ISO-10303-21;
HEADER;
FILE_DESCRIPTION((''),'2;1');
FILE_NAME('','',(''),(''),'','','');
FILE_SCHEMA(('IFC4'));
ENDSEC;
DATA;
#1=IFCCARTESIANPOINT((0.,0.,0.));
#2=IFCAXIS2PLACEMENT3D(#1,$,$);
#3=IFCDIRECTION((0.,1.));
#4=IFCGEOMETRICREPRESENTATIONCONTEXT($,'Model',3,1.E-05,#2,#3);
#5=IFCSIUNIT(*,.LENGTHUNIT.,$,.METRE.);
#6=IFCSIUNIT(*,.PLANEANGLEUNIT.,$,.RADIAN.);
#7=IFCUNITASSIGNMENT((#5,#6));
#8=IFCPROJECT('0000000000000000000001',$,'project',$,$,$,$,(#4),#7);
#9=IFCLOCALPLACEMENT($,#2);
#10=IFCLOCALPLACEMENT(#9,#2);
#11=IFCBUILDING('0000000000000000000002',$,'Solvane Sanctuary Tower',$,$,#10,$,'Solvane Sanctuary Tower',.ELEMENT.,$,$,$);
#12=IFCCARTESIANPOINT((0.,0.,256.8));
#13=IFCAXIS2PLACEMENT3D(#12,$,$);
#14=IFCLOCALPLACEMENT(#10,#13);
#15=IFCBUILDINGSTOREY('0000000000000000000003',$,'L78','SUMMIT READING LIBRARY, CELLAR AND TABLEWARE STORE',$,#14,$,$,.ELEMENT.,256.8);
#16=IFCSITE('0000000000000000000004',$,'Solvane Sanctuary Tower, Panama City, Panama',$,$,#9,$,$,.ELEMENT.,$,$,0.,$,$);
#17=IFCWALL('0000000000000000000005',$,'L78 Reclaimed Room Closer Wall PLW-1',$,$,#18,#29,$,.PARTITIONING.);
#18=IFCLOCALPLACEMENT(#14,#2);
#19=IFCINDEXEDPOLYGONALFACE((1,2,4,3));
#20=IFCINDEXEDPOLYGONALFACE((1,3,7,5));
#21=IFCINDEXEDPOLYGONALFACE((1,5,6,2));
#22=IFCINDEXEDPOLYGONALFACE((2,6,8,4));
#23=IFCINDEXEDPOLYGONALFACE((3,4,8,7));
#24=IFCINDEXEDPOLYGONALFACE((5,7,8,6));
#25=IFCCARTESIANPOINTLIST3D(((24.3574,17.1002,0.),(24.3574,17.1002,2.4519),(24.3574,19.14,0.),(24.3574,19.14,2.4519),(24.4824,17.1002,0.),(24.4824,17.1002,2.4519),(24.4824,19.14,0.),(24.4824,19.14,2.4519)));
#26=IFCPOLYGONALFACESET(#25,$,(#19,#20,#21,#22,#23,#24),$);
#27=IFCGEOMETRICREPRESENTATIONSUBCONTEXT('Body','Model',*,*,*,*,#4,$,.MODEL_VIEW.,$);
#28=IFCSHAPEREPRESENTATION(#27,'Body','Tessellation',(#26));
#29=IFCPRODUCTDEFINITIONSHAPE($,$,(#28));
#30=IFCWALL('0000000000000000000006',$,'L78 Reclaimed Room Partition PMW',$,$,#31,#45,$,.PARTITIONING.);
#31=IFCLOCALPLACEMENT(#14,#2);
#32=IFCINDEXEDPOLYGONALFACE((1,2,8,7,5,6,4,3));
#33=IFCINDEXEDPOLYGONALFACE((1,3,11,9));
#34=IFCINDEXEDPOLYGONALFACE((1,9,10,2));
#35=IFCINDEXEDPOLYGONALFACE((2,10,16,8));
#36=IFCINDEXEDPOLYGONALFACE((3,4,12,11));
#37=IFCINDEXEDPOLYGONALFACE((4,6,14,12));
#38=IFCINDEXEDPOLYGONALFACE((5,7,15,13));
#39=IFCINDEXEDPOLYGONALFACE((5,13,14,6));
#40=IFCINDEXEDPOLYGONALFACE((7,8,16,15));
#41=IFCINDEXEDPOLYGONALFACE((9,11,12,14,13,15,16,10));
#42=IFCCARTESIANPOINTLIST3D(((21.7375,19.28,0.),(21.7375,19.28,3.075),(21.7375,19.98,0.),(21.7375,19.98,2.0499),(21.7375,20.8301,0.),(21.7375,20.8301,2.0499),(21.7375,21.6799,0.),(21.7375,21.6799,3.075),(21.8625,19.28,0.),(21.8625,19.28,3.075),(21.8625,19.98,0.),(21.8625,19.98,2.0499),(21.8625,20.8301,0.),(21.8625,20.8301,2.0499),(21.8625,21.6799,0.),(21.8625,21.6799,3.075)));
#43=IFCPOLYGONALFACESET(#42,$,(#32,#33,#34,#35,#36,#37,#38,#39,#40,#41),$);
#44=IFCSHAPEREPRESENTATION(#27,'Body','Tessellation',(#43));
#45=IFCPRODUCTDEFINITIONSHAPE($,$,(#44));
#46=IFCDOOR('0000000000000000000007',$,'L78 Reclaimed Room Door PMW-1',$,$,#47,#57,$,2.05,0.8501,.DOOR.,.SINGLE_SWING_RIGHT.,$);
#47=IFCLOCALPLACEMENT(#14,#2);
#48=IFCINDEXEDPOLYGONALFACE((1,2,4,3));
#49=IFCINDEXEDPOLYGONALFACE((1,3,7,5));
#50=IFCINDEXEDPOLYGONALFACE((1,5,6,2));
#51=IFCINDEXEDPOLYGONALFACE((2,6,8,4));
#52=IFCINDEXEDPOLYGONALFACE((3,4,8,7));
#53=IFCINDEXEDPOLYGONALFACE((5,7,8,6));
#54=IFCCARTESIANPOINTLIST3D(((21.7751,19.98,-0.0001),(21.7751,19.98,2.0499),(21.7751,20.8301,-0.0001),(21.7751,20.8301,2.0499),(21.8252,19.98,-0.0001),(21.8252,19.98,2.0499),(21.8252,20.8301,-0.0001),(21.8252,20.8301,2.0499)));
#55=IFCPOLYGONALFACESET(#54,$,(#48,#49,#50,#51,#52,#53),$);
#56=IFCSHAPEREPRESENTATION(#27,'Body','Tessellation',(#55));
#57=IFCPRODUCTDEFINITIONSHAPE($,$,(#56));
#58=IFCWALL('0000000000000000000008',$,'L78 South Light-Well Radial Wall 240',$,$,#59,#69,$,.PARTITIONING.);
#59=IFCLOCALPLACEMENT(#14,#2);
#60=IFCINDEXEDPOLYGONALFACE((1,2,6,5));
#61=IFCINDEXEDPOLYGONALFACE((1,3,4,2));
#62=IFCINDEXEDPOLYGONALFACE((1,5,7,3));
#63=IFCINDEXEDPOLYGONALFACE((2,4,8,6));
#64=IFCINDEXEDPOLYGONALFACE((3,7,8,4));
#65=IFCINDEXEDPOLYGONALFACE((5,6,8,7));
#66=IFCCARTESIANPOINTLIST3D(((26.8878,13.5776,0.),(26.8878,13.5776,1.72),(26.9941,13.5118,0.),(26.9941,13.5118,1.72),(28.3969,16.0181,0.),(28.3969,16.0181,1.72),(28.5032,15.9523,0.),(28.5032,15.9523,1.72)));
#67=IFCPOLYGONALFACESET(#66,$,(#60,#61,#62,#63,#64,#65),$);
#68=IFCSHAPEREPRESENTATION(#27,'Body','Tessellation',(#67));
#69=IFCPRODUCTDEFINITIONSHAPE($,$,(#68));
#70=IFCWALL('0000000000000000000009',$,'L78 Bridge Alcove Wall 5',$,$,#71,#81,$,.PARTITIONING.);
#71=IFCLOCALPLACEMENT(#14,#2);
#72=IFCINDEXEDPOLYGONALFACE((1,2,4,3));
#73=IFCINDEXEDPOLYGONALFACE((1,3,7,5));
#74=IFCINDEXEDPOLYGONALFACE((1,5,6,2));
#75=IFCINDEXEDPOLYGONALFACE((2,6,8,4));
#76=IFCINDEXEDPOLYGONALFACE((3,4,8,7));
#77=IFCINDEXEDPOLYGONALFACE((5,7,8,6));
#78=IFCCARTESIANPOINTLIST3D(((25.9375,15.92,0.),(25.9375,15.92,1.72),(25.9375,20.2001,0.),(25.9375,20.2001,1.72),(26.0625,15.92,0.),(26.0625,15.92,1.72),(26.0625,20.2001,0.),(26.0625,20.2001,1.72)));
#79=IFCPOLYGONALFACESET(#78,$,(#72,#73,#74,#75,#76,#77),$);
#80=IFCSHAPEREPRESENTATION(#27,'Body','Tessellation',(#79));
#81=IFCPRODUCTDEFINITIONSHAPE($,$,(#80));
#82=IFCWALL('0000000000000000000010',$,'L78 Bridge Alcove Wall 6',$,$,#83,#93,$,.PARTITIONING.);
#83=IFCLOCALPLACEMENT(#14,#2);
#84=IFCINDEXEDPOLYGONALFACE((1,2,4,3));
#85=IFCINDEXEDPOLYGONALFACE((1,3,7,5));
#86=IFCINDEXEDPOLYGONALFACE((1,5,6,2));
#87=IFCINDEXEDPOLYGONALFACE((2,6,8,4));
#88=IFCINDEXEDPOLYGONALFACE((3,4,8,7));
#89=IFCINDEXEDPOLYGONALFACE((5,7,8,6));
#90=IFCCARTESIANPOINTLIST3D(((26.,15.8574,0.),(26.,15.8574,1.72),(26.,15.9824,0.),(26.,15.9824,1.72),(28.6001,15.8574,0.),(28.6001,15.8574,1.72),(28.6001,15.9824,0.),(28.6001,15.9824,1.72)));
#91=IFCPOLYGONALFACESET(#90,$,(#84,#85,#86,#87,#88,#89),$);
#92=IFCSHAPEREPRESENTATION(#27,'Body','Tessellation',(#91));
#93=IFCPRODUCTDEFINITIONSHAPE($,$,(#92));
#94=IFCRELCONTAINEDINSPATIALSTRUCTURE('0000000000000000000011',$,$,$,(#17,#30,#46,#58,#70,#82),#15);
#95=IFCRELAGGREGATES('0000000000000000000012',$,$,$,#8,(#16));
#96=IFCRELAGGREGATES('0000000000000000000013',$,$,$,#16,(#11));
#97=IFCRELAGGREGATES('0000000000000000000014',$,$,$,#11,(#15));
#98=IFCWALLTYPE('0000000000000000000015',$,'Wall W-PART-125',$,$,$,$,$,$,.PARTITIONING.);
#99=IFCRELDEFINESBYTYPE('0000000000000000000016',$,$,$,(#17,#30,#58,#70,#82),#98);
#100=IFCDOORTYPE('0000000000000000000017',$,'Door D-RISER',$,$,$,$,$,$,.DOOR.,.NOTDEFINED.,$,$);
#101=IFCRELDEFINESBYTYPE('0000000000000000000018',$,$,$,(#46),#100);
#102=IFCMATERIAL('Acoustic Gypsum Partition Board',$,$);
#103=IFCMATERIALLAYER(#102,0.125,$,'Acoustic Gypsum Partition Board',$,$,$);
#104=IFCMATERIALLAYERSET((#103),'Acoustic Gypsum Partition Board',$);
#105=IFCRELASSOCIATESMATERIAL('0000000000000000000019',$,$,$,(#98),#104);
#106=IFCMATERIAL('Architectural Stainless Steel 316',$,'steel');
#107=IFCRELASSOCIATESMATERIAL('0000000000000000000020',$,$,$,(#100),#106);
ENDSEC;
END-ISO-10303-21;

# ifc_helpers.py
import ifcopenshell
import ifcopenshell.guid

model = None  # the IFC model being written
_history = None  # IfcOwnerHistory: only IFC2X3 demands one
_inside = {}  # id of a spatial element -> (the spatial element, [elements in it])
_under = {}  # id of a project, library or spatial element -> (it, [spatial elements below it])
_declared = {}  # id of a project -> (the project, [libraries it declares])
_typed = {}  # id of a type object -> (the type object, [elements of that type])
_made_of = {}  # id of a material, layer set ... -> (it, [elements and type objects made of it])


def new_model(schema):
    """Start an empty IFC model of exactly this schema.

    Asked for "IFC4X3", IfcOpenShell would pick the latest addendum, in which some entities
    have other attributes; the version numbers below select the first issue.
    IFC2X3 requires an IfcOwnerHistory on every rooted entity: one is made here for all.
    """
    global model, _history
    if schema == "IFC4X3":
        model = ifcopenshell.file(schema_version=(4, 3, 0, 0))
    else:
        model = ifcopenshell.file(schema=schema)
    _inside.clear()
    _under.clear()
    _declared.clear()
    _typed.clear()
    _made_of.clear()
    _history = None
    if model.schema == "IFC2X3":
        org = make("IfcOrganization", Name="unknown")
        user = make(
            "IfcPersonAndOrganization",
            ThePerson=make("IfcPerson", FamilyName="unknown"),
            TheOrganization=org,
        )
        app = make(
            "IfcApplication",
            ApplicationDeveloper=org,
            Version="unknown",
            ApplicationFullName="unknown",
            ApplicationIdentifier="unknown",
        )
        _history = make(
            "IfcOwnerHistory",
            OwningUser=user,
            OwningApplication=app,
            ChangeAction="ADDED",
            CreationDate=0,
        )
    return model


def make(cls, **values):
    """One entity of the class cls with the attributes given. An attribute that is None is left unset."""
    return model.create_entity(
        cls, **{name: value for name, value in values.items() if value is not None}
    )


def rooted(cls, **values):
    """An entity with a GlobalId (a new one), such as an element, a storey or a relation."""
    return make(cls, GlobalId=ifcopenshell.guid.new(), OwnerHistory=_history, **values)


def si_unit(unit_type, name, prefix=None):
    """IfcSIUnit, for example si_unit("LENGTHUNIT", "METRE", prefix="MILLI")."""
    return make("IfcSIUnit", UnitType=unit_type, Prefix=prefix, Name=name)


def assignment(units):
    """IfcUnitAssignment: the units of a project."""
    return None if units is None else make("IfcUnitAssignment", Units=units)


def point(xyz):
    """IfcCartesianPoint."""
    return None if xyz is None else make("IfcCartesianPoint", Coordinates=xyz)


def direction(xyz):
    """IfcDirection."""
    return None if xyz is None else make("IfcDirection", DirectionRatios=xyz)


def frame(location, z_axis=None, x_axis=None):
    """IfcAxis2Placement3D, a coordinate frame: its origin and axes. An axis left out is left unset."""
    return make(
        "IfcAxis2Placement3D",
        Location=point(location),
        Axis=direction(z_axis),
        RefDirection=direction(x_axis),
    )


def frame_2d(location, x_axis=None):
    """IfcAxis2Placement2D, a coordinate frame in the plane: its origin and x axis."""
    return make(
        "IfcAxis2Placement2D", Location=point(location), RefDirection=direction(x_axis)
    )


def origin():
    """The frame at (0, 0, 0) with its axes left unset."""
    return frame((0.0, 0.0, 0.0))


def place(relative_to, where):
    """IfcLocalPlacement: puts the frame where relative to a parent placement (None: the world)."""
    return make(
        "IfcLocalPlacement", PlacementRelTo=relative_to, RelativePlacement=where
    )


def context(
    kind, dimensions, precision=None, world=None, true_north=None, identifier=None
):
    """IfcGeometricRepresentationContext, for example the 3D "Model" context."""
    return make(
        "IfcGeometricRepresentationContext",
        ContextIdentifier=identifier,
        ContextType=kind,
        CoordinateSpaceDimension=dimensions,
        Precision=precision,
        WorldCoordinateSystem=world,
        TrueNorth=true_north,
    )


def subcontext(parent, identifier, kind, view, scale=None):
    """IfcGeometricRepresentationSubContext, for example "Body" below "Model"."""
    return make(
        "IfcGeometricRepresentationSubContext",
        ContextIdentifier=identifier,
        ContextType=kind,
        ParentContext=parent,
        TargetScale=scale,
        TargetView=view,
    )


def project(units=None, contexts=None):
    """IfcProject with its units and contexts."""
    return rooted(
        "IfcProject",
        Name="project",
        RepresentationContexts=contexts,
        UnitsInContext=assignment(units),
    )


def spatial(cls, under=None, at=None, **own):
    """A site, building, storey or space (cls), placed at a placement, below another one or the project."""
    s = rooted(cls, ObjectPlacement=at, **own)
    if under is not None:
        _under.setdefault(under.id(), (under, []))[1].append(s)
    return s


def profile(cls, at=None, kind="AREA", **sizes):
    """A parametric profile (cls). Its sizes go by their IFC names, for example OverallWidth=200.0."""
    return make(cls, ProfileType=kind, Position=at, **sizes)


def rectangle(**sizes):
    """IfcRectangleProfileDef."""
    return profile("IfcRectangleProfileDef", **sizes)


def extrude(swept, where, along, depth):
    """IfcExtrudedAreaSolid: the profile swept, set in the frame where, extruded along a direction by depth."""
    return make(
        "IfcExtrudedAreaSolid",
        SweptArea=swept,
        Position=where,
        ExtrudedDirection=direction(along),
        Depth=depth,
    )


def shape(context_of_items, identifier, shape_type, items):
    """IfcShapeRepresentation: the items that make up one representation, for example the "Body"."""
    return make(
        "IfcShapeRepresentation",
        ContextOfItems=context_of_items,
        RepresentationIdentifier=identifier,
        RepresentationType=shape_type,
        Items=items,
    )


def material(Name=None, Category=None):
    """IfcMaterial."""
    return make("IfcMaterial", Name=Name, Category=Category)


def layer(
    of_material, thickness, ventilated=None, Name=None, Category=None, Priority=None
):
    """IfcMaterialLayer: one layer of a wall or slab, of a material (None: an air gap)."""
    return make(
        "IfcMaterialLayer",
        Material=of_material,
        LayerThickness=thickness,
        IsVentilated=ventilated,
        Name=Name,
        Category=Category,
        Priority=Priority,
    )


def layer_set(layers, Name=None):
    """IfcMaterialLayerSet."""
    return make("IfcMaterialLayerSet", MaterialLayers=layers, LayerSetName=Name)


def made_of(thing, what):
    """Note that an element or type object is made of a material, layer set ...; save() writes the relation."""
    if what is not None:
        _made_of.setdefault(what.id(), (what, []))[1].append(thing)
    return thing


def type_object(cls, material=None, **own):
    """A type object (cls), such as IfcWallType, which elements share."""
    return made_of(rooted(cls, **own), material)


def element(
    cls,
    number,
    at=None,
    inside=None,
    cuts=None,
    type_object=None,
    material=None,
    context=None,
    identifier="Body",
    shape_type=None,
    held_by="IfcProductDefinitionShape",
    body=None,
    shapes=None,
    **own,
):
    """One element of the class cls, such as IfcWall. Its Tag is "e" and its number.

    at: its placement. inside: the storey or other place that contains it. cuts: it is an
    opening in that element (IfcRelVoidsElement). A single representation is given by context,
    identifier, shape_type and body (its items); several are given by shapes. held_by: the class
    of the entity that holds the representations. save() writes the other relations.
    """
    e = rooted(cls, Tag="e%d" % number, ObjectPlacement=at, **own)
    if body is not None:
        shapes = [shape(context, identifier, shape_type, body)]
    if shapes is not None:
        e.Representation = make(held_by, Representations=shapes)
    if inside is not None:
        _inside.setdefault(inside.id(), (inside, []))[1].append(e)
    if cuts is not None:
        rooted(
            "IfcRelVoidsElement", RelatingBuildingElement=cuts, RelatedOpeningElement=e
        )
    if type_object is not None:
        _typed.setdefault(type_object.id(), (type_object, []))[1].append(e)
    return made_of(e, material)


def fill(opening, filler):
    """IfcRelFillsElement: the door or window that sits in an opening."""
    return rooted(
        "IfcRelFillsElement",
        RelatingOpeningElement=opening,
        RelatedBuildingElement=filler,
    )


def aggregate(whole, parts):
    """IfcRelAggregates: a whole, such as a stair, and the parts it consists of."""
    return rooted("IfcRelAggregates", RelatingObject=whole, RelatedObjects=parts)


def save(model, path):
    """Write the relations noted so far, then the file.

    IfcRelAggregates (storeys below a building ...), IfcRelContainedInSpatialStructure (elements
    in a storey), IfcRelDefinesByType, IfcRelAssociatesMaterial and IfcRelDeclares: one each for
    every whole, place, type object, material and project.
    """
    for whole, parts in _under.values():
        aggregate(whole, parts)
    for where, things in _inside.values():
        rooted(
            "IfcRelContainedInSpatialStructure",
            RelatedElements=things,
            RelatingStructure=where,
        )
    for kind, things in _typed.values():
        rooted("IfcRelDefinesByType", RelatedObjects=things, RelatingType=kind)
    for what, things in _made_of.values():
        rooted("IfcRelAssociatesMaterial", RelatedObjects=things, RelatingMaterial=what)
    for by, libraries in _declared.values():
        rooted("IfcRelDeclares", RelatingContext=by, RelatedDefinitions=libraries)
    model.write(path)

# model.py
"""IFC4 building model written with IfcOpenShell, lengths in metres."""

from ifc_helpers import new_model, si_unit, direction, frame, frame_2d, origin, place, context, subcontext, project, spatial, rectangle, extrude, material, layer, layer_set, type_object, element, fill, save


model = new_model("IFC4")

# Units and contexts
model_context = context("Model", 3, precision=1e-05, world=origin(), true_north=direction((0.0, 1.0)))
body_context = subcontext(model_context, "Body", "Model", "MODEL_VIEW")
ifc_project = project(units=[si_unit("LENGTHUNIT", "METRE"), si_unit("PLANEANGLEUNIT", "RADIAN")], contexts=[model_context])

# Site, building, storey
site_placement = place(None, origin())
site = spatial("IfcSite", under=ifc_project, at=site_placement, Name="Solvane Sanctuary Tower, Panama City, Panama", CompositionType="ELEMENT", RefElevation=0.0)
building_placement = place(site_placement, origin())
building = spatial("IfcBuilding", under=site, at=building_placement, Name="Solvane Sanctuary Tower", LongName="Solvane Sanctuary Tower", CompositionType="ELEMENT")
storey_placement = place(building_placement, frame((0.0, 0.0, 256.8)))
storey = spatial("IfcBuildingStorey", under=building, at=storey_placement, Name="L78", Description="SUMMIT READING LIBRARY, CELLAR AND TABLEWARE STORE", CompositionType="ELEMENT", Elevation=256.8)

# Shared definitions
ifc_material_1 = material(Name="Acoustic Gypsum Partition Board")

# Wall
ifc_layer_1 = layer(ifc_material_1, 0.125, Name="Acoustic Gypsum Partition Board")
ifc_layer_set_1 = layer_set([ifc_layer_1], Name="Acoustic Gypsum Partition Board")
wall_type_1 = type_object("IfcWallType", Name="Wall W-PART-125", PredefinedType="PARTITIONING", material=ifc_layer_set_1)
wall_1_placement = place(storey_placement, frame((24.4199, 17.1001, 0.0), z_axis=(0.0, 0.0, 1.0), x_axis=(0.0, 1.0, 0.0)))
element("IfcWall", 1, at=wall_1_placement, inside=storey, type_object=wall_type_1, Name="L78 Reclaimed Room Closer Wall PLW-1", PredefinedType="PARTITIONING", context=body_context, shape_type="SweptSolid", body=[
    extrude(rectangle(XDim=2.0398, YDim=0.125, at=frame_2d((1.02, 0.0))), origin(), (0.0, 0.0, 1.0), 2.4519),
])

# Wall, opening, door
wall_2_placement = place(storey_placement, frame((21.8, 19.28, 0.0), z_axis=(0.0, 0.0, 1.0), x_axis=(0.0, 1.0, 0.0)))
wall_2 = element("IfcWall", 2, at=wall_2_placement, inside=storey, type_object=wall_type_1, Name="L78 Reclaimed Room Partition PMW", PredefinedType="PARTITIONING", context=body_context, shape_type="SweptSolid", body=[
    extrude(rectangle(XDim=2.3999, YDim=0.125, at=frame_2d((1.2, 0.0))), origin(), (0.0, 0.0, 1.0), 3.075),
])
opening_1_placement = place(wall_2_placement, frame((0.7, 0.0, 0.0)))
opening_1 = element("IfcOpeningElement", 3, at=opening_1_placement, cuts=wall_2, PredefinedType="OPENING", context=body_context, shape_type="SweptSolid", body=[
    extrude(rectangle(XDim=0.8501, YDim=2.05, at=frame_2d((0.425, 1.0249))), frame((0.0, 0.0725, 0.0), z_axis=(0.0, -1.0, 0.0), x_axis=(1.0, 0.0, 0.0)), (0.0, 0.0, 1.0), 0.145),
])
ifc_material_2 = material(Name="Architectural Stainless Steel 316", Category="steel")
door_type = type_object("IfcDoorType", Name="Door D-RISER", OperationType="NOTDEFINED", PredefinedType="DOOR", material=ifc_material_2)
door_placement = place(opening_1_placement, origin())
door = element("IfcDoor", 4, at=door_placement, inside=storey, type_object=door_type, Name="L78 Reclaimed Room Door PMW-1", OperationType="SINGLE_SWING_RIGHT", OverallHeight=2.05, OverallWidth=0.8501, PredefinedType="DOOR", context=body_context, shape_type="SweptSolid", body=[
    extrude(rectangle(XDim=0.8501, YDim=2.05, at=frame_2d((0.425, 1.0249))), frame((0.0, 0.0249, 0.0), z_axis=(0.0, -1.0, 0.0), x_axis=(1.0, 0.0, 0.0)), (0.0, 0.0, 1.0), 0.05),
])
fill(opening_1, door)

# Walls
wall_3_placement = place(storey_placement, frame((28.45, 15.9851, 0.0), z_axis=(0.0, 0.0, 1.0), x_axis=(-0.525924, -0.850532, 0.0)))
element("IfcWall", 5, at=wall_3_placement, inside=storey, type_object=wall_type_1, Name="L78 South Light-Well Radial Wall 240", PredefinedType="PARTITIONING", context=body_context, shape_type="SweptSolid", body=[
    extrude(rectangle(XDim=2.8694, YDim=0.125, at=frame_2d((1.4346, 0.0))), origin(), (0.0, 0.0, 1.0), 1.72),
])
wall_4_placement = place(storey_placement, frame((26.0, 15.9199, 0.0), z_axis=(0.0, 0.0, 1.0), x_axis=(0.0, 1.0, 0.0)))
element("IfcWall", 6, at=wall_4_placement, inside=storey, type_object=wall_type_1, Name="L78 Bridge Alcove Wall 5", PredefinedType="PARTITIONING", context=body_context, shape_type="SweptSolid", body=[
    extrude(rectangle(XDim=4.28, YDim=0.125, at=frame_2d((2.1401, 0.0))), origin(), (0.0, 0.0, 1.0), 1.72),
])
wall_5_placement = place(storey_placement, frame((26.0, 15.9199, 0.0), z_axis=(0.0, 0.0, 1.0), x_axis=(1.0, 0.0, 0.0)))
element("IfcWall", 7, at=wall_5_placement, inside=storey, type_object=wall_type_1, Name="L78 Bridge Alcove Wall 6", PredefinedType="PARTITIONING", context=body_context, shape_type="SweptSolid", body=[
    extrude(rectangle(XDim=2.6001, YDim=0.125, at=frame_2d((1.3, 0.0))), origin(), (0.0, 0.0, 1.0), 1.72),
])

save(model, "model.ifc")
